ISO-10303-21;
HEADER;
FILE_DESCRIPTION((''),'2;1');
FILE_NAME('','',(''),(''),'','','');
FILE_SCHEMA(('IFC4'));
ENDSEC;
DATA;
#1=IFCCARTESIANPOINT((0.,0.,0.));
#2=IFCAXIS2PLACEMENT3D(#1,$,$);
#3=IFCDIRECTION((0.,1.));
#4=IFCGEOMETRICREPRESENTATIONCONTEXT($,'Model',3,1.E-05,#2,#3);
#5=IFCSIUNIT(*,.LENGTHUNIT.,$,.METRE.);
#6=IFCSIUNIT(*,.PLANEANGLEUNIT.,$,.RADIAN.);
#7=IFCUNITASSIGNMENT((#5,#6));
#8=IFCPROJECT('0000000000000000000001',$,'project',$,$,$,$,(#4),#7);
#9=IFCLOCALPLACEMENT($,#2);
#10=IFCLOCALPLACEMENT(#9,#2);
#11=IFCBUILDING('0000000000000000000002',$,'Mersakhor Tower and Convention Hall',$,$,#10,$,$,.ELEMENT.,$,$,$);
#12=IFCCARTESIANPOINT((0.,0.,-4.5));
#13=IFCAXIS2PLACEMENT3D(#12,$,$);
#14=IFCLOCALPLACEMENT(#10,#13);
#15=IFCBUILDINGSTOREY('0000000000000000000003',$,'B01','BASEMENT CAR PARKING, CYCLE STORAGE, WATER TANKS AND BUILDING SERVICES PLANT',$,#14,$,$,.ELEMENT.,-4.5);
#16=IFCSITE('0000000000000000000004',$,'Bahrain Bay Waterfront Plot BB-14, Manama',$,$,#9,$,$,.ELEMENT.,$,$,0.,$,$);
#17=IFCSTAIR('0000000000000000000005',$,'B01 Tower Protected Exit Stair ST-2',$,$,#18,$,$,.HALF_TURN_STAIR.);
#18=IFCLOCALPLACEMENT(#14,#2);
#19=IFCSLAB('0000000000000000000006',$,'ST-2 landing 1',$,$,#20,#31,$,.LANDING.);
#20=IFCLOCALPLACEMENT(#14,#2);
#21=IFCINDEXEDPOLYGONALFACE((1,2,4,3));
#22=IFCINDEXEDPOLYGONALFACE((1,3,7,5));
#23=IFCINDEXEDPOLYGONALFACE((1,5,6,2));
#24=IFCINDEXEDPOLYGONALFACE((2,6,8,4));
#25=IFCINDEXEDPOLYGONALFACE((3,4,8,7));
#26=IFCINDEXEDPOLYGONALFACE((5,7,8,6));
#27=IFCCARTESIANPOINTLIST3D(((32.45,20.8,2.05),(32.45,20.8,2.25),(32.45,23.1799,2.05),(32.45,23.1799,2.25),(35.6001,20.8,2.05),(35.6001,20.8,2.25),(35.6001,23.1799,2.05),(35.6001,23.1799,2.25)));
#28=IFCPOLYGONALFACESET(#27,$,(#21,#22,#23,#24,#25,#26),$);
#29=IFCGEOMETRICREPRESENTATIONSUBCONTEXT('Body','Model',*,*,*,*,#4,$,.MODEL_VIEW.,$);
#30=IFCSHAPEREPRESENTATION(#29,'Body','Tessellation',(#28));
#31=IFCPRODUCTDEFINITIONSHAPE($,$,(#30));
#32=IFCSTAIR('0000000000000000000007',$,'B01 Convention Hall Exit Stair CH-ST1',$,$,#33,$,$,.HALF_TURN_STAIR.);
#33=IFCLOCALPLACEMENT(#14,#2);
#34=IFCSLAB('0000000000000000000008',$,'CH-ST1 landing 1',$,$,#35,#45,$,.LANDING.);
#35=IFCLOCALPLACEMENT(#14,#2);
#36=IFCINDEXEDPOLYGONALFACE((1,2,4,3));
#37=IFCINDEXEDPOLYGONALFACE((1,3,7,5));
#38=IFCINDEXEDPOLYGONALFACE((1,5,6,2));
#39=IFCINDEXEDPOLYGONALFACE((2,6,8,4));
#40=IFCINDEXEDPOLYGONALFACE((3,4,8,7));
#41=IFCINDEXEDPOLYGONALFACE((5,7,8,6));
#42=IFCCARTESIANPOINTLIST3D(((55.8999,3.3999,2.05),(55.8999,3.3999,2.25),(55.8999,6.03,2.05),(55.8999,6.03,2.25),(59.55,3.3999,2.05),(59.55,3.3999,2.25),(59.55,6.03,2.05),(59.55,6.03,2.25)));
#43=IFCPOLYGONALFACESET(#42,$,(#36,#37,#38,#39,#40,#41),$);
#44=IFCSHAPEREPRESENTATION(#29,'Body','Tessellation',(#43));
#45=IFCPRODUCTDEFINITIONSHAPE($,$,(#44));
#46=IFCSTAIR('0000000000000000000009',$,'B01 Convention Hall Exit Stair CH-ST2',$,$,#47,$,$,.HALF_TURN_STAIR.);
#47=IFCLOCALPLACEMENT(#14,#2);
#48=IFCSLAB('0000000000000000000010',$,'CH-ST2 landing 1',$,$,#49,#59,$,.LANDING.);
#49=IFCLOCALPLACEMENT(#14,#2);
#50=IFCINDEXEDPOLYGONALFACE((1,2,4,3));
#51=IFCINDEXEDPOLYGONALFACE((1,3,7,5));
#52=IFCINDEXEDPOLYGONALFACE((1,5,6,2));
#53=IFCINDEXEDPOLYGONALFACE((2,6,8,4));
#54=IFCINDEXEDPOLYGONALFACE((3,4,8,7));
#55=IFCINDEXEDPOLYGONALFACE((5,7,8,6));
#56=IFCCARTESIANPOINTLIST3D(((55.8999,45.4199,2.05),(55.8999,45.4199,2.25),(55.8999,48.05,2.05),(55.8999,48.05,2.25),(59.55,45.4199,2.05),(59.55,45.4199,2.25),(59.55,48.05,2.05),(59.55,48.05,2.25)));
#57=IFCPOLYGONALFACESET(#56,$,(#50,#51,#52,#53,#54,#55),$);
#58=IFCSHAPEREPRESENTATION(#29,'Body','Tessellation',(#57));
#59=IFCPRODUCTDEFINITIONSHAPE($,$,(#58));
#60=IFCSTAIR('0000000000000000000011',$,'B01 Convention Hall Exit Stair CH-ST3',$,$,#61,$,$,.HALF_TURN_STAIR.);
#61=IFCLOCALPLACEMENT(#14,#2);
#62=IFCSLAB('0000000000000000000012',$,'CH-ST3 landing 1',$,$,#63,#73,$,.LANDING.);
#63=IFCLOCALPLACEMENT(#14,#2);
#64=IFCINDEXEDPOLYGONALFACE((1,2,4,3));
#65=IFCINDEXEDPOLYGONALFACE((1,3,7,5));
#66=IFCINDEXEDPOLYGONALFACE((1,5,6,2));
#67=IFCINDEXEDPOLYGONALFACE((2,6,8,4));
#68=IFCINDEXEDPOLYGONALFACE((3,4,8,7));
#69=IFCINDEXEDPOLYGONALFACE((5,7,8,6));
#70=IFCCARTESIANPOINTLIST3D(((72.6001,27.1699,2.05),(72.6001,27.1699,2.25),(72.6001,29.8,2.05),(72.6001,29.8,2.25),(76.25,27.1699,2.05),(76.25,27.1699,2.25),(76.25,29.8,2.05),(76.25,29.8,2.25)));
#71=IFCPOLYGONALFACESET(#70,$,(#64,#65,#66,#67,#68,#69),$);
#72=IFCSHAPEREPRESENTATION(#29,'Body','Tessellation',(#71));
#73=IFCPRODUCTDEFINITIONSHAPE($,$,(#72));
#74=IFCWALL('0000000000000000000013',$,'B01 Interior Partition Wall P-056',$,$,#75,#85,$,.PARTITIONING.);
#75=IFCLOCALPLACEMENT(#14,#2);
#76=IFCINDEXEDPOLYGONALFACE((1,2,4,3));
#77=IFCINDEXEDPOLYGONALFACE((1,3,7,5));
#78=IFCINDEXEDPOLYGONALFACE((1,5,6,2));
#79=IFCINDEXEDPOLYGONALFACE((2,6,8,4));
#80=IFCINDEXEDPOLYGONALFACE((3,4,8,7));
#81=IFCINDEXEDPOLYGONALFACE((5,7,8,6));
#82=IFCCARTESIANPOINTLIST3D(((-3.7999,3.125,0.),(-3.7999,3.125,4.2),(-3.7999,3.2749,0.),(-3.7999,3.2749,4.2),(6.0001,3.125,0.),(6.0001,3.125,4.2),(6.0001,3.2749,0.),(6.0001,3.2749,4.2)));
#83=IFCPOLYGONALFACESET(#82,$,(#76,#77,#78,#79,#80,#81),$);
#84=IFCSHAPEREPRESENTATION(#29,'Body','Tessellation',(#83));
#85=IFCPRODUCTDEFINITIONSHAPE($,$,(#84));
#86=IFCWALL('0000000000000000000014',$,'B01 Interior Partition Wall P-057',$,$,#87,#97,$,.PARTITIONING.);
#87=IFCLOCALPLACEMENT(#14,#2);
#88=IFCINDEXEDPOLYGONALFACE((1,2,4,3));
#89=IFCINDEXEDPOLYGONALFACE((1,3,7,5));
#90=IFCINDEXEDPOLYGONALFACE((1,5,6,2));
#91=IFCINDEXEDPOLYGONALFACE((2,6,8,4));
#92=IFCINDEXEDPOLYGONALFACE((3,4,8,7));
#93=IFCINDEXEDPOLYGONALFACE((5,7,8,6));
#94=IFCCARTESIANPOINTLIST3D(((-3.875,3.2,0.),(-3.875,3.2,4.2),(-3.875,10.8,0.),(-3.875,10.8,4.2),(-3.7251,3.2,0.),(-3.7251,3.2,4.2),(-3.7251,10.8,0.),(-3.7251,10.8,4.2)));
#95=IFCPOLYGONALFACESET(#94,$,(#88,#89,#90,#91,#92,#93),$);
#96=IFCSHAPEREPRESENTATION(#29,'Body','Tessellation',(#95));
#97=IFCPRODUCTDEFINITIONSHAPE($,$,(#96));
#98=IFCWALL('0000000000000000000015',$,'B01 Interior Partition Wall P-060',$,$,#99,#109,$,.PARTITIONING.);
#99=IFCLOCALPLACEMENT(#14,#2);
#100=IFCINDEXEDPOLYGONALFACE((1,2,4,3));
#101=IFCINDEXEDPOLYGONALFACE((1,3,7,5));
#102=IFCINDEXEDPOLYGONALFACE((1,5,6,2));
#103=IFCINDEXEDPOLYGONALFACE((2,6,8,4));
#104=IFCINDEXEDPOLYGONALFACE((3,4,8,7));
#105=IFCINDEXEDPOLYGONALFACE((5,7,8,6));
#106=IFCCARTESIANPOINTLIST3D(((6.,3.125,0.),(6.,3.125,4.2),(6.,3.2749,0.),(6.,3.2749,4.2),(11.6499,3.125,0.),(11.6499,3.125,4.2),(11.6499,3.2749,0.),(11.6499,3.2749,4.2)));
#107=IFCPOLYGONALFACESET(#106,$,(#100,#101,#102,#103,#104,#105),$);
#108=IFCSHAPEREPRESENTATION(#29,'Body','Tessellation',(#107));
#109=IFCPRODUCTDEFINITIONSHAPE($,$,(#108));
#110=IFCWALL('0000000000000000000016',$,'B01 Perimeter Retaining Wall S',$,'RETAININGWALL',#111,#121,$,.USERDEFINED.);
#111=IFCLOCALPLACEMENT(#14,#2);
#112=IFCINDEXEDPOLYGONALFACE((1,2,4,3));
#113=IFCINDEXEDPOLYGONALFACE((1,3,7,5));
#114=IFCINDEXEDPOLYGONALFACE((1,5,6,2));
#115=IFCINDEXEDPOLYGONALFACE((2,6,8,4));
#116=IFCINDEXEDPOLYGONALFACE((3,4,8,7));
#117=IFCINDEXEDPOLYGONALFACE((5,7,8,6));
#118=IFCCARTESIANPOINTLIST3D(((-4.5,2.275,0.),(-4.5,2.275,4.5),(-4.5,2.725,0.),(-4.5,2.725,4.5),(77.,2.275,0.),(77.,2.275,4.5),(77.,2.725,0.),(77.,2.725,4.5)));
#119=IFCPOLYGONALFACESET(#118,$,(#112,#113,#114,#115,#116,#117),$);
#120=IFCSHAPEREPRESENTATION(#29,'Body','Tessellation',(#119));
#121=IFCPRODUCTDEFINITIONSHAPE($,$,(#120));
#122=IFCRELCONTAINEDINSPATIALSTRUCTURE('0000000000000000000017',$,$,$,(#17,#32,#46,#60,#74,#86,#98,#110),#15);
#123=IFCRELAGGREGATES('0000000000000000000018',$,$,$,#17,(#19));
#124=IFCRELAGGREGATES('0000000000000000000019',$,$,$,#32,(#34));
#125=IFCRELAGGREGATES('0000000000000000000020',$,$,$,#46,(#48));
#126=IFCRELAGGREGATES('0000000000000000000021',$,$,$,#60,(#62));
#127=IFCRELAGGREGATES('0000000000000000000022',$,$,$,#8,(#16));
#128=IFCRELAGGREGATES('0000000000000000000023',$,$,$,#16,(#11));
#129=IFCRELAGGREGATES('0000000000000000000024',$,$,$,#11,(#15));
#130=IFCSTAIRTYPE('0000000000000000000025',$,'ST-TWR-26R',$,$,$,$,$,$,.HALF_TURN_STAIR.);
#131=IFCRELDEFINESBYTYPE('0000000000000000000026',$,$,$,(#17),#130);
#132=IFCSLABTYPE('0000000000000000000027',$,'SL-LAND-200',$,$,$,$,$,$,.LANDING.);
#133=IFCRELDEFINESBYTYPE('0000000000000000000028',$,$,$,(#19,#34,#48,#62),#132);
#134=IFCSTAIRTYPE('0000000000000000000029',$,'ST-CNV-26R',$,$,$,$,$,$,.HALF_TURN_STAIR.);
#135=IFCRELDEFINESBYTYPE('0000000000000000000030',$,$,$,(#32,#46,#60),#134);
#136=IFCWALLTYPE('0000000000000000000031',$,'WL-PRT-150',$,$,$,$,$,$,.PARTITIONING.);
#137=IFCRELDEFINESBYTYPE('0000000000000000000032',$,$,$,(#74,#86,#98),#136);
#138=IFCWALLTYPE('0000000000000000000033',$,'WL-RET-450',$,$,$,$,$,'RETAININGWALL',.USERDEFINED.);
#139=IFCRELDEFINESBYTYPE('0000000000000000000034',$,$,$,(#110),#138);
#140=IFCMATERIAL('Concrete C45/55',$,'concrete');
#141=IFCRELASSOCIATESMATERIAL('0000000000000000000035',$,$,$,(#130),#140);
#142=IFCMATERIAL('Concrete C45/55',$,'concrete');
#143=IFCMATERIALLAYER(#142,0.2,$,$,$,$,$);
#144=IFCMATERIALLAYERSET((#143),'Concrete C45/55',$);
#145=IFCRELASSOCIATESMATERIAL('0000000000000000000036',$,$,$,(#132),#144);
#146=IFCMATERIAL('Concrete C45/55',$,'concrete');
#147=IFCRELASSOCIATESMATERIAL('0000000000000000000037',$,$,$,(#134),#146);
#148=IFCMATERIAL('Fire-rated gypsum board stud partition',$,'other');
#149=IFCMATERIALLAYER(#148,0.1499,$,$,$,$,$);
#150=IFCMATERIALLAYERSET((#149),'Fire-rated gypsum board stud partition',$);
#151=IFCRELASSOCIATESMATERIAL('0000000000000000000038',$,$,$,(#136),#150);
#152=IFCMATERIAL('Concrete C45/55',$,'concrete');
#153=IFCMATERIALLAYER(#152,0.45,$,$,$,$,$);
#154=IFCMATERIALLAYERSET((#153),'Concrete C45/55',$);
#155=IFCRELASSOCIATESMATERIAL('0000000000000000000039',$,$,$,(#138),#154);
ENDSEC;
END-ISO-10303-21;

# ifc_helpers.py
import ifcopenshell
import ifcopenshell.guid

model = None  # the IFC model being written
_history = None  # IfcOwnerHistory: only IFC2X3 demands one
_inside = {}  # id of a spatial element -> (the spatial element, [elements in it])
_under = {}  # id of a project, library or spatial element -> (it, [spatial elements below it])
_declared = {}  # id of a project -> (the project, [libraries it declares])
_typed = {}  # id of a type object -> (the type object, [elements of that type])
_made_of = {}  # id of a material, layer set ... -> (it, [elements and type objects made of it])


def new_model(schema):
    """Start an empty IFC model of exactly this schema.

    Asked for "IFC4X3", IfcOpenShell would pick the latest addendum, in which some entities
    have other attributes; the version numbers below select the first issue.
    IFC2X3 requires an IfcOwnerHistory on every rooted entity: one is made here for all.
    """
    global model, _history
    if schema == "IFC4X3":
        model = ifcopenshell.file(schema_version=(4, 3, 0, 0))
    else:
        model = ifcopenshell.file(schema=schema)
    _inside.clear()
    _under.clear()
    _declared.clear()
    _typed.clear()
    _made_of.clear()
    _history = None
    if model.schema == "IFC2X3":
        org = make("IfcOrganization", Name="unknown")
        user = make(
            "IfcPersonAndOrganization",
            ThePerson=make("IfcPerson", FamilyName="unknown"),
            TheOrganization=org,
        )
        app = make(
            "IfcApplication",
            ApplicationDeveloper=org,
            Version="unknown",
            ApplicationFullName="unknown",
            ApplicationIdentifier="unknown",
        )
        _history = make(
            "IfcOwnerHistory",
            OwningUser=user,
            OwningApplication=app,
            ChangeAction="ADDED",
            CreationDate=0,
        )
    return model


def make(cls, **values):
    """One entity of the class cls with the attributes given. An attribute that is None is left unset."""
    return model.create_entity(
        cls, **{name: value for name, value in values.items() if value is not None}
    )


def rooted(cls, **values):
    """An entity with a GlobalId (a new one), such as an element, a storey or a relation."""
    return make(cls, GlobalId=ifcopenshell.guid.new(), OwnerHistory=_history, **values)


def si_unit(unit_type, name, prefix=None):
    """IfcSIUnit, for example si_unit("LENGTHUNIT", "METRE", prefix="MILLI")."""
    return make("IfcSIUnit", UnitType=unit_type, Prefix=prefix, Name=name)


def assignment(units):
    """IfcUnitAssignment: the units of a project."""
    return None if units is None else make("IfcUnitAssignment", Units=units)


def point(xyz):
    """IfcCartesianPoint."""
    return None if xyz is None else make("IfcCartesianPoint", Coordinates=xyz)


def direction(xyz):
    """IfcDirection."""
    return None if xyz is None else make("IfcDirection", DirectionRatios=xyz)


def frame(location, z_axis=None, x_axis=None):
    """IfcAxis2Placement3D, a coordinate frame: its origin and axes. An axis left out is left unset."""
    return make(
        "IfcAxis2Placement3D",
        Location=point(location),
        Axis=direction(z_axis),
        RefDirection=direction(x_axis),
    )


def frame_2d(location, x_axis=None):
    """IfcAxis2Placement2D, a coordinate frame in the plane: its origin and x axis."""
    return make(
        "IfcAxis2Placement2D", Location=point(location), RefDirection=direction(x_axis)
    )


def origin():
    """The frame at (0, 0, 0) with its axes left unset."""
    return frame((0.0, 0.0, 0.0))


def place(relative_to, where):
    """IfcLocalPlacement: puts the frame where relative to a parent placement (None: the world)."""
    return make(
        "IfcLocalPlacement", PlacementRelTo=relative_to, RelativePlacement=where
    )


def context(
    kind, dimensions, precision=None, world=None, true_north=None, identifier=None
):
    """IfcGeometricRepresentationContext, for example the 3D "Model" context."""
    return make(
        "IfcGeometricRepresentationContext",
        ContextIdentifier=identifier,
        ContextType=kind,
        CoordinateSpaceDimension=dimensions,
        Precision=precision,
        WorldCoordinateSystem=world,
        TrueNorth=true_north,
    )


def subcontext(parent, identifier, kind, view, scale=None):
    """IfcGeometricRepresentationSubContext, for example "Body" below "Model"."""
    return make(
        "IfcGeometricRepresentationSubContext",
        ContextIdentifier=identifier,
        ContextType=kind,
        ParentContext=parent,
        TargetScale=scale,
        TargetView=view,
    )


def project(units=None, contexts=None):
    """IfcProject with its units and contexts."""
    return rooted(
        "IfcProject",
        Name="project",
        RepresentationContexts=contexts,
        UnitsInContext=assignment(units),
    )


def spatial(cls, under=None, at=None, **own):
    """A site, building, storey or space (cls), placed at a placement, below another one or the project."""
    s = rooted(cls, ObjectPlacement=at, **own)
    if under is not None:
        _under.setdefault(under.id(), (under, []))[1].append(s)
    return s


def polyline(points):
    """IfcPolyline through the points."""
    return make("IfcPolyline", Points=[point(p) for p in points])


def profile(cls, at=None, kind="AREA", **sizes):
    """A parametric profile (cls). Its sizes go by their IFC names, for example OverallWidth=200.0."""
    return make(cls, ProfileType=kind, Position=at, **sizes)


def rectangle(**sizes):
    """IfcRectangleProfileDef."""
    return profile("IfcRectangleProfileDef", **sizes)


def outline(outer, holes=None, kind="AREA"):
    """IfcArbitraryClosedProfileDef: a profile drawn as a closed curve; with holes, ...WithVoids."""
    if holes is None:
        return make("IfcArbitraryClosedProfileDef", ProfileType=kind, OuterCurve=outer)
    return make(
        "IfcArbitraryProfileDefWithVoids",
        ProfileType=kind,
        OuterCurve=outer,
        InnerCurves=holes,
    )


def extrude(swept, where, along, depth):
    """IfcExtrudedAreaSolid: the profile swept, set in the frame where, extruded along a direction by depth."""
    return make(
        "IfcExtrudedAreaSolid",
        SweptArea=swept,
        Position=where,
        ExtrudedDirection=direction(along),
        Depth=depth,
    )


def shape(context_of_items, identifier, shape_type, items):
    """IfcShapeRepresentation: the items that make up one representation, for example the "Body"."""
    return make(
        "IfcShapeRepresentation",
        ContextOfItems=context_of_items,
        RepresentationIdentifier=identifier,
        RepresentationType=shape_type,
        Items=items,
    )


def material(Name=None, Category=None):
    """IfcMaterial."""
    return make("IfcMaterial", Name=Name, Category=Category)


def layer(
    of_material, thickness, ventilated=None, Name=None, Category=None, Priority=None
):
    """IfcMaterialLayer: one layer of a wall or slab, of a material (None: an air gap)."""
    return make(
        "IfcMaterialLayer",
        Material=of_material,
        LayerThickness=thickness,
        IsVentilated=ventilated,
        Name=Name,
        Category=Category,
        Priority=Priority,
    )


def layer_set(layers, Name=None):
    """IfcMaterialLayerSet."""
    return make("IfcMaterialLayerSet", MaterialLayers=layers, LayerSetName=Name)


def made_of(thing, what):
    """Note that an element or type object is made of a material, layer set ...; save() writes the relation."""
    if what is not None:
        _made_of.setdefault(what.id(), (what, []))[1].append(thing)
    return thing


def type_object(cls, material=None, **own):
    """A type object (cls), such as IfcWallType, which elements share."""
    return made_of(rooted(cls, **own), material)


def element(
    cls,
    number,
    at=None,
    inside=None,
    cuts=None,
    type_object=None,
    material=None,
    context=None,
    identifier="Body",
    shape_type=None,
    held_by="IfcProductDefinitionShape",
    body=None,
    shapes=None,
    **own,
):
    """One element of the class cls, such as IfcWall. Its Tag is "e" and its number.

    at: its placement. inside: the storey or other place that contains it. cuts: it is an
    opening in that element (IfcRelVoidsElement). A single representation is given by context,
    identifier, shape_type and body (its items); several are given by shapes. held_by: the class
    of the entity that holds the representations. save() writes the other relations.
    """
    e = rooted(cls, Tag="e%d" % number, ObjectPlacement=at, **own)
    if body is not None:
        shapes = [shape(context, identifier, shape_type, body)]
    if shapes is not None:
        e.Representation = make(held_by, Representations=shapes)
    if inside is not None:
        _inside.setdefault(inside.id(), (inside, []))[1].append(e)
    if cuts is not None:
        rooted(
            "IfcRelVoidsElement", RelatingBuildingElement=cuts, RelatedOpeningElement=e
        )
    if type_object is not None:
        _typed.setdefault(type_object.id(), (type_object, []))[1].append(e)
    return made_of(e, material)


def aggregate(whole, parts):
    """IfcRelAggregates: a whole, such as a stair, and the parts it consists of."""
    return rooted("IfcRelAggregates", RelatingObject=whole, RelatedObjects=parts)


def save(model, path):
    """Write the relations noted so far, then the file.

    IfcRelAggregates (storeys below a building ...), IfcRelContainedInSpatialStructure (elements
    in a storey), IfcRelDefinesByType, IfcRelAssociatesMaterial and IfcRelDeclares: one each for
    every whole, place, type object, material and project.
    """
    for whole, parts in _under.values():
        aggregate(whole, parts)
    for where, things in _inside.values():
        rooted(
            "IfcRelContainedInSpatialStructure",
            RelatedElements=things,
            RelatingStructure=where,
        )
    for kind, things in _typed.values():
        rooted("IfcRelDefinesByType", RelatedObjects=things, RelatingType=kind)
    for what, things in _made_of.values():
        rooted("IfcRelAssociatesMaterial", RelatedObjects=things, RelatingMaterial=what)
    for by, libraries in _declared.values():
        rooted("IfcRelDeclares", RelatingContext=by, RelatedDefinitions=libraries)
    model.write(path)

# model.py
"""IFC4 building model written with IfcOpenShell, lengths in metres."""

from ifc_helpers import new_model, si_unit, direction, frame, frame_2d, origin, place, context, subcontext, project, spatial, polyline, rectangle, outline, extrude, material, layer, layer_set, type_object, element, aggregate, save


model = new_model("IFC4")

# Units and contexts
model_context = context("Model", 3, precision=1e-05, world=origin(), true_north=direction((0.0, 1.0)))
body_context = subcontext(model_context, "Body", "Model", "MODEL_VIEW")
ifc_project = project(units=[si_unit("LENGTHUNIT", "METRE"), si_unit("PLANEANGLEUNIT", "RADIAN")], contexts=[model_context])

# Site, building, storey
site_placement = place(None, origin())
site = spatial("IfcSite", under=ifc_project, at=site_placement, Name="Bahrain Bay Waterfront Plot BB-14, Manama", CompositionType="ELEMENT", RefElevation=0.0)
building_placement = place(site_placement, origin())
building = spatial("IfcBuilding", under=site, at=building_placement, Name="Mersakhor Tower and Convention Hall", CompositionType="ELEMENT")
storey_placement = place(building_placement, frame((0.0, 0.0, -4.5)))
storey = spatial("IfcBuildingStorey", under=building, at=storey_placement, Name="B01", Description="BASEMENT CAR PARKING, CYCLE STORAGE, WATER TANKS AND BUILDING SERVICES PLANT", CompositionType="ELEMENT", Elevation=-4.5)

# Stairs, slabs
ifc_material_1 = material(Name="Concrete C45/55", Category="concrete")
stair_type_1 = type_object("IfcStairType", Name="ST-TWR-26R", PredefinedType="HALF_TURN_STAIR", material=ifc_material_1)
ifc_material_2 = material(Name="Concrete C45/55", Category="concrete")
ifc_layer_1 = layer(ifc_material_2, 0.2)
ifc_layer_set_1 = layer_set([ifc_layer_1], Name="Concrete C45/55")
slab_type_1 = type_object("IfcSlabType", Name="SL-LAND-200", PredefinedType="LANDING", material=ifc_layer_set_1)
stair_1_placement = place(storey_placement, origin())
stair_1 = element("IfcStair", 1, at=stair_1_placement, inside=storey, type_object=stair_type_1, Name="B01 Tower Protected Exit Stair ST-2", PredefinedType="HALF_TURN_STAIR")
slab_1_placement = place(storey_placement, frame((0.0, 0.0, 2.05)))
slab_1 = element("IfcSlab", 2, at=slab_1_placement, type_object=slab_type_1, Name="ST-2 landing 1", PredefinedType="LANDING", context=body_context, shape_type="SweptSolid", body=[
    extrude(outline(polyline([(32.45, 23.1799), (32.45, 20.8), (35.6001, 20.8), (35.6001, 23.1799), (32.45, 23.1799)])), origin(), (0.0, 0.0, 1.0), 0.2),
])
aggregate(stair_1, [slab_1])
ifc_material_3 = material(Name="Concrete C45/55", Category="concrete")
stair_type_2 = type_object("IfcStairType", Name="ST-CNV-26R", PredefinedType="HALF_TURN_STAIR", material=ifc_material_3)
stair_2_placement = place(storey_placement, origin())
stair_2 = element("IfcStair", 3, at=stair_2_placement, inside=storey, type_object=stair_type_2, Name="B01 Convention Hall Exit Stair CH-ST1", PredefinedType="HALF_TURN_STAIR")
slab_2_placement = place(storey_placement, frame((0.0, 0.0, 2.05)))
slab_2 = element("IfcSlab", 4, at=slab_2_placement, type_object=slab_type_1, Name="CH-ST1 landing 1", PredefinedType="LANDING", context=body_context, shape_type="SweptSolid", body=[
    extrude(outline(polyline([(55.8999, 6.03), (55.8999, 3.3999), (59.55, 3.3999), (59.55, 6.03), (55.8999, 6.03)])), origin(), (0.0, 0.0, 1.0), 0.2),
])
aggregate(stair_2, [slab_2])
stair_3_placement = place(storey_placement, origin())
stair_3 = element("IfcStair", 5, at=stair_3_placement, inside=storey, type_object=stair_type_2, Name="B01 Convention Hall Exit Stair CH-ST2", PredefinedType="HALF_TURN_STAIR")
slab_3_placement = place(storey_placement, frame((0.0, 0.0, 2.05)))
slab_3 = element("IfcSlab", 6, at=slab_3_placement, type_object=slab_type_1, Name="CH-ST2 landing 1", PredefinedType="LANDING", context=body_context, shape_type="SweptSolid", body=[
    extrude(outline(polyline([(59.55, 45.4199), (59.55, 48.05), (55.8999, 48.05), (55.8999, 45.4199), (59.55, 45.4199)])), origin(), (0.0, 0.0, 1.0), 0.2),
])
aggregate(stair_3, [slab_3])
stair_4_placement = place(storey_placement, origin())
stair_4 = element("IfcStair", 7, at=stair_4_placement, inside=storey, type_object=stair_type_2, Name="B01 Convention Hall Exit Stair CH-ST3", PredefinedType="HALF_TURN_STAIR")
slab_4_placement = place(storey_placement, frame((0.0, 0.0, 2.05)))
slab_4 = element("IfcSlab", 8, at=slab_4_placement, type_object=slab_type_1, Name="CH-ST3 landing 1", PredefinedType="LANDING", context=body_context, shape_type="SweptSolid", body=[
    extrude(outline(polyline([(76.25, 27.1699), (76.25, 29.8), (72.6001, 29.8), (72.6001, 27.1699), (76.25, 27.1699)])), origin(), (0.0, 0.0, 1.0), 0.2),
])
aggregate(stair_4, [slab_4])

# Walls
ifc_material_4 = material(Name="Fire-rated gypsum board stud partition", Category="other")
ifc_layer_2 = layer(ifc_material_4, 0.1499)
ifc_layer_set_2 = layer_set([ifc_layer_2], Name="Fire-rated gypsum board stud partition")
wall_type_1 = type_object("IfcWallType", Name="WL-PRT-150", PredefinedType="PARTITIONING", material=ifc_layer_set_2)
wall_1_placement = place(storey_placement, frame((6.0, 3.2, 0.0), z_axis=(0.0, 0.0, 1.0), x_axis=(-1.0, 0.0, 0.0)))
element("IfcWall", 9, at=wall_1_placement, inside=storey, type_object=wall_type_1, Name="B01 Interior Partition Wall P-056", PredefinedType="PARTITIONING", context=body_context, shape_type="SweptSolid", body=[
    extrude(rectangle(XDim=9.8, YDim=0.1499, at=frame_2d((4.8999, 0.0))), origin(), (0.0, 0.0, 1.0), 4.2),
])
wall_2_placement = place(storey_placement, frame((-3.8, 3.2, 0.0), z_axis=(0.0, 0.0, 1.0), x_axis=(0.0, 1.0, 0.0)))
element("IfcWall", 10, at=wall_2_placement, inside=storey, type_object=wall_type_1, Name="B01 Interior Partition Wall P-057", PredefinedType="PARTITIONING", context=body_context, shape_type="SweptSolid", body=[
    extrude(rectangle(XDim=7.6001, YDim=0.1499, at=frame_2d((3.8, 0.0))), origin(), (0.0, 0.0, 1.0), 4.2),
])
wall_3_placement = place(storey_placement, frame((11.6499, 3.2, 0.0), z_axis=(0.0, 0.0, 1.0), x_axis=(-1.0, 0.0, 0.0)))
element("IfcWall", 11, at=wall_3_placement, inside=storey, type_object=wall_type_1, Name="B01 Interior Partition Wall P-060", PredefinedType="PARTITIONING", context=body_context, shape_type="SweptSolid", body=[
    extrude(rectangle(XDim=5.6499, YDim=0.1499, at=frame_2d((2.825, 0.0))), origin(), (0.0, 0.0, 1.0), 4.2),
])
ifc_material_5 = material(Name="Concrete C45/55", Category="concrete")
ifc_layer_3 = layer(ifc_material_5, 0.45)
ifc_layer_set_3 = layer_set([ifc_layer_3], Name="Concrete C45/55")
wall_type_2 = type_object("IfcWallType", Name="WL-RET-450", ElementType="RETAININGWALL", PredefinedType="USERDEFINED", material=ifc_layer_set_3)
wall_4_placement = place(storey_placement, frame((-4.5, 2.5, 0.0), z_axis=(0.0, 0.0, 1.0), x_axis=(1.0, 0.0, 0.0)))
element("IfcWall", 12, at=wall_4_placement, inside=storey, type_object=wall_type_2, Name="B01 Perimeter Retaining Wall S", ObjectType="RETAININGWALL", PredefinedType="USERDEFINED", context=body_context, shape_type="SweptSolid", body=[
    extrude(rectangle(XDim=81.5, YDim=0.45, at=frame_2d((40.75, 0.0))), origin(), (0.0, 0.0, 1.0), 4.5),
])

save(model, "model.ifc")
